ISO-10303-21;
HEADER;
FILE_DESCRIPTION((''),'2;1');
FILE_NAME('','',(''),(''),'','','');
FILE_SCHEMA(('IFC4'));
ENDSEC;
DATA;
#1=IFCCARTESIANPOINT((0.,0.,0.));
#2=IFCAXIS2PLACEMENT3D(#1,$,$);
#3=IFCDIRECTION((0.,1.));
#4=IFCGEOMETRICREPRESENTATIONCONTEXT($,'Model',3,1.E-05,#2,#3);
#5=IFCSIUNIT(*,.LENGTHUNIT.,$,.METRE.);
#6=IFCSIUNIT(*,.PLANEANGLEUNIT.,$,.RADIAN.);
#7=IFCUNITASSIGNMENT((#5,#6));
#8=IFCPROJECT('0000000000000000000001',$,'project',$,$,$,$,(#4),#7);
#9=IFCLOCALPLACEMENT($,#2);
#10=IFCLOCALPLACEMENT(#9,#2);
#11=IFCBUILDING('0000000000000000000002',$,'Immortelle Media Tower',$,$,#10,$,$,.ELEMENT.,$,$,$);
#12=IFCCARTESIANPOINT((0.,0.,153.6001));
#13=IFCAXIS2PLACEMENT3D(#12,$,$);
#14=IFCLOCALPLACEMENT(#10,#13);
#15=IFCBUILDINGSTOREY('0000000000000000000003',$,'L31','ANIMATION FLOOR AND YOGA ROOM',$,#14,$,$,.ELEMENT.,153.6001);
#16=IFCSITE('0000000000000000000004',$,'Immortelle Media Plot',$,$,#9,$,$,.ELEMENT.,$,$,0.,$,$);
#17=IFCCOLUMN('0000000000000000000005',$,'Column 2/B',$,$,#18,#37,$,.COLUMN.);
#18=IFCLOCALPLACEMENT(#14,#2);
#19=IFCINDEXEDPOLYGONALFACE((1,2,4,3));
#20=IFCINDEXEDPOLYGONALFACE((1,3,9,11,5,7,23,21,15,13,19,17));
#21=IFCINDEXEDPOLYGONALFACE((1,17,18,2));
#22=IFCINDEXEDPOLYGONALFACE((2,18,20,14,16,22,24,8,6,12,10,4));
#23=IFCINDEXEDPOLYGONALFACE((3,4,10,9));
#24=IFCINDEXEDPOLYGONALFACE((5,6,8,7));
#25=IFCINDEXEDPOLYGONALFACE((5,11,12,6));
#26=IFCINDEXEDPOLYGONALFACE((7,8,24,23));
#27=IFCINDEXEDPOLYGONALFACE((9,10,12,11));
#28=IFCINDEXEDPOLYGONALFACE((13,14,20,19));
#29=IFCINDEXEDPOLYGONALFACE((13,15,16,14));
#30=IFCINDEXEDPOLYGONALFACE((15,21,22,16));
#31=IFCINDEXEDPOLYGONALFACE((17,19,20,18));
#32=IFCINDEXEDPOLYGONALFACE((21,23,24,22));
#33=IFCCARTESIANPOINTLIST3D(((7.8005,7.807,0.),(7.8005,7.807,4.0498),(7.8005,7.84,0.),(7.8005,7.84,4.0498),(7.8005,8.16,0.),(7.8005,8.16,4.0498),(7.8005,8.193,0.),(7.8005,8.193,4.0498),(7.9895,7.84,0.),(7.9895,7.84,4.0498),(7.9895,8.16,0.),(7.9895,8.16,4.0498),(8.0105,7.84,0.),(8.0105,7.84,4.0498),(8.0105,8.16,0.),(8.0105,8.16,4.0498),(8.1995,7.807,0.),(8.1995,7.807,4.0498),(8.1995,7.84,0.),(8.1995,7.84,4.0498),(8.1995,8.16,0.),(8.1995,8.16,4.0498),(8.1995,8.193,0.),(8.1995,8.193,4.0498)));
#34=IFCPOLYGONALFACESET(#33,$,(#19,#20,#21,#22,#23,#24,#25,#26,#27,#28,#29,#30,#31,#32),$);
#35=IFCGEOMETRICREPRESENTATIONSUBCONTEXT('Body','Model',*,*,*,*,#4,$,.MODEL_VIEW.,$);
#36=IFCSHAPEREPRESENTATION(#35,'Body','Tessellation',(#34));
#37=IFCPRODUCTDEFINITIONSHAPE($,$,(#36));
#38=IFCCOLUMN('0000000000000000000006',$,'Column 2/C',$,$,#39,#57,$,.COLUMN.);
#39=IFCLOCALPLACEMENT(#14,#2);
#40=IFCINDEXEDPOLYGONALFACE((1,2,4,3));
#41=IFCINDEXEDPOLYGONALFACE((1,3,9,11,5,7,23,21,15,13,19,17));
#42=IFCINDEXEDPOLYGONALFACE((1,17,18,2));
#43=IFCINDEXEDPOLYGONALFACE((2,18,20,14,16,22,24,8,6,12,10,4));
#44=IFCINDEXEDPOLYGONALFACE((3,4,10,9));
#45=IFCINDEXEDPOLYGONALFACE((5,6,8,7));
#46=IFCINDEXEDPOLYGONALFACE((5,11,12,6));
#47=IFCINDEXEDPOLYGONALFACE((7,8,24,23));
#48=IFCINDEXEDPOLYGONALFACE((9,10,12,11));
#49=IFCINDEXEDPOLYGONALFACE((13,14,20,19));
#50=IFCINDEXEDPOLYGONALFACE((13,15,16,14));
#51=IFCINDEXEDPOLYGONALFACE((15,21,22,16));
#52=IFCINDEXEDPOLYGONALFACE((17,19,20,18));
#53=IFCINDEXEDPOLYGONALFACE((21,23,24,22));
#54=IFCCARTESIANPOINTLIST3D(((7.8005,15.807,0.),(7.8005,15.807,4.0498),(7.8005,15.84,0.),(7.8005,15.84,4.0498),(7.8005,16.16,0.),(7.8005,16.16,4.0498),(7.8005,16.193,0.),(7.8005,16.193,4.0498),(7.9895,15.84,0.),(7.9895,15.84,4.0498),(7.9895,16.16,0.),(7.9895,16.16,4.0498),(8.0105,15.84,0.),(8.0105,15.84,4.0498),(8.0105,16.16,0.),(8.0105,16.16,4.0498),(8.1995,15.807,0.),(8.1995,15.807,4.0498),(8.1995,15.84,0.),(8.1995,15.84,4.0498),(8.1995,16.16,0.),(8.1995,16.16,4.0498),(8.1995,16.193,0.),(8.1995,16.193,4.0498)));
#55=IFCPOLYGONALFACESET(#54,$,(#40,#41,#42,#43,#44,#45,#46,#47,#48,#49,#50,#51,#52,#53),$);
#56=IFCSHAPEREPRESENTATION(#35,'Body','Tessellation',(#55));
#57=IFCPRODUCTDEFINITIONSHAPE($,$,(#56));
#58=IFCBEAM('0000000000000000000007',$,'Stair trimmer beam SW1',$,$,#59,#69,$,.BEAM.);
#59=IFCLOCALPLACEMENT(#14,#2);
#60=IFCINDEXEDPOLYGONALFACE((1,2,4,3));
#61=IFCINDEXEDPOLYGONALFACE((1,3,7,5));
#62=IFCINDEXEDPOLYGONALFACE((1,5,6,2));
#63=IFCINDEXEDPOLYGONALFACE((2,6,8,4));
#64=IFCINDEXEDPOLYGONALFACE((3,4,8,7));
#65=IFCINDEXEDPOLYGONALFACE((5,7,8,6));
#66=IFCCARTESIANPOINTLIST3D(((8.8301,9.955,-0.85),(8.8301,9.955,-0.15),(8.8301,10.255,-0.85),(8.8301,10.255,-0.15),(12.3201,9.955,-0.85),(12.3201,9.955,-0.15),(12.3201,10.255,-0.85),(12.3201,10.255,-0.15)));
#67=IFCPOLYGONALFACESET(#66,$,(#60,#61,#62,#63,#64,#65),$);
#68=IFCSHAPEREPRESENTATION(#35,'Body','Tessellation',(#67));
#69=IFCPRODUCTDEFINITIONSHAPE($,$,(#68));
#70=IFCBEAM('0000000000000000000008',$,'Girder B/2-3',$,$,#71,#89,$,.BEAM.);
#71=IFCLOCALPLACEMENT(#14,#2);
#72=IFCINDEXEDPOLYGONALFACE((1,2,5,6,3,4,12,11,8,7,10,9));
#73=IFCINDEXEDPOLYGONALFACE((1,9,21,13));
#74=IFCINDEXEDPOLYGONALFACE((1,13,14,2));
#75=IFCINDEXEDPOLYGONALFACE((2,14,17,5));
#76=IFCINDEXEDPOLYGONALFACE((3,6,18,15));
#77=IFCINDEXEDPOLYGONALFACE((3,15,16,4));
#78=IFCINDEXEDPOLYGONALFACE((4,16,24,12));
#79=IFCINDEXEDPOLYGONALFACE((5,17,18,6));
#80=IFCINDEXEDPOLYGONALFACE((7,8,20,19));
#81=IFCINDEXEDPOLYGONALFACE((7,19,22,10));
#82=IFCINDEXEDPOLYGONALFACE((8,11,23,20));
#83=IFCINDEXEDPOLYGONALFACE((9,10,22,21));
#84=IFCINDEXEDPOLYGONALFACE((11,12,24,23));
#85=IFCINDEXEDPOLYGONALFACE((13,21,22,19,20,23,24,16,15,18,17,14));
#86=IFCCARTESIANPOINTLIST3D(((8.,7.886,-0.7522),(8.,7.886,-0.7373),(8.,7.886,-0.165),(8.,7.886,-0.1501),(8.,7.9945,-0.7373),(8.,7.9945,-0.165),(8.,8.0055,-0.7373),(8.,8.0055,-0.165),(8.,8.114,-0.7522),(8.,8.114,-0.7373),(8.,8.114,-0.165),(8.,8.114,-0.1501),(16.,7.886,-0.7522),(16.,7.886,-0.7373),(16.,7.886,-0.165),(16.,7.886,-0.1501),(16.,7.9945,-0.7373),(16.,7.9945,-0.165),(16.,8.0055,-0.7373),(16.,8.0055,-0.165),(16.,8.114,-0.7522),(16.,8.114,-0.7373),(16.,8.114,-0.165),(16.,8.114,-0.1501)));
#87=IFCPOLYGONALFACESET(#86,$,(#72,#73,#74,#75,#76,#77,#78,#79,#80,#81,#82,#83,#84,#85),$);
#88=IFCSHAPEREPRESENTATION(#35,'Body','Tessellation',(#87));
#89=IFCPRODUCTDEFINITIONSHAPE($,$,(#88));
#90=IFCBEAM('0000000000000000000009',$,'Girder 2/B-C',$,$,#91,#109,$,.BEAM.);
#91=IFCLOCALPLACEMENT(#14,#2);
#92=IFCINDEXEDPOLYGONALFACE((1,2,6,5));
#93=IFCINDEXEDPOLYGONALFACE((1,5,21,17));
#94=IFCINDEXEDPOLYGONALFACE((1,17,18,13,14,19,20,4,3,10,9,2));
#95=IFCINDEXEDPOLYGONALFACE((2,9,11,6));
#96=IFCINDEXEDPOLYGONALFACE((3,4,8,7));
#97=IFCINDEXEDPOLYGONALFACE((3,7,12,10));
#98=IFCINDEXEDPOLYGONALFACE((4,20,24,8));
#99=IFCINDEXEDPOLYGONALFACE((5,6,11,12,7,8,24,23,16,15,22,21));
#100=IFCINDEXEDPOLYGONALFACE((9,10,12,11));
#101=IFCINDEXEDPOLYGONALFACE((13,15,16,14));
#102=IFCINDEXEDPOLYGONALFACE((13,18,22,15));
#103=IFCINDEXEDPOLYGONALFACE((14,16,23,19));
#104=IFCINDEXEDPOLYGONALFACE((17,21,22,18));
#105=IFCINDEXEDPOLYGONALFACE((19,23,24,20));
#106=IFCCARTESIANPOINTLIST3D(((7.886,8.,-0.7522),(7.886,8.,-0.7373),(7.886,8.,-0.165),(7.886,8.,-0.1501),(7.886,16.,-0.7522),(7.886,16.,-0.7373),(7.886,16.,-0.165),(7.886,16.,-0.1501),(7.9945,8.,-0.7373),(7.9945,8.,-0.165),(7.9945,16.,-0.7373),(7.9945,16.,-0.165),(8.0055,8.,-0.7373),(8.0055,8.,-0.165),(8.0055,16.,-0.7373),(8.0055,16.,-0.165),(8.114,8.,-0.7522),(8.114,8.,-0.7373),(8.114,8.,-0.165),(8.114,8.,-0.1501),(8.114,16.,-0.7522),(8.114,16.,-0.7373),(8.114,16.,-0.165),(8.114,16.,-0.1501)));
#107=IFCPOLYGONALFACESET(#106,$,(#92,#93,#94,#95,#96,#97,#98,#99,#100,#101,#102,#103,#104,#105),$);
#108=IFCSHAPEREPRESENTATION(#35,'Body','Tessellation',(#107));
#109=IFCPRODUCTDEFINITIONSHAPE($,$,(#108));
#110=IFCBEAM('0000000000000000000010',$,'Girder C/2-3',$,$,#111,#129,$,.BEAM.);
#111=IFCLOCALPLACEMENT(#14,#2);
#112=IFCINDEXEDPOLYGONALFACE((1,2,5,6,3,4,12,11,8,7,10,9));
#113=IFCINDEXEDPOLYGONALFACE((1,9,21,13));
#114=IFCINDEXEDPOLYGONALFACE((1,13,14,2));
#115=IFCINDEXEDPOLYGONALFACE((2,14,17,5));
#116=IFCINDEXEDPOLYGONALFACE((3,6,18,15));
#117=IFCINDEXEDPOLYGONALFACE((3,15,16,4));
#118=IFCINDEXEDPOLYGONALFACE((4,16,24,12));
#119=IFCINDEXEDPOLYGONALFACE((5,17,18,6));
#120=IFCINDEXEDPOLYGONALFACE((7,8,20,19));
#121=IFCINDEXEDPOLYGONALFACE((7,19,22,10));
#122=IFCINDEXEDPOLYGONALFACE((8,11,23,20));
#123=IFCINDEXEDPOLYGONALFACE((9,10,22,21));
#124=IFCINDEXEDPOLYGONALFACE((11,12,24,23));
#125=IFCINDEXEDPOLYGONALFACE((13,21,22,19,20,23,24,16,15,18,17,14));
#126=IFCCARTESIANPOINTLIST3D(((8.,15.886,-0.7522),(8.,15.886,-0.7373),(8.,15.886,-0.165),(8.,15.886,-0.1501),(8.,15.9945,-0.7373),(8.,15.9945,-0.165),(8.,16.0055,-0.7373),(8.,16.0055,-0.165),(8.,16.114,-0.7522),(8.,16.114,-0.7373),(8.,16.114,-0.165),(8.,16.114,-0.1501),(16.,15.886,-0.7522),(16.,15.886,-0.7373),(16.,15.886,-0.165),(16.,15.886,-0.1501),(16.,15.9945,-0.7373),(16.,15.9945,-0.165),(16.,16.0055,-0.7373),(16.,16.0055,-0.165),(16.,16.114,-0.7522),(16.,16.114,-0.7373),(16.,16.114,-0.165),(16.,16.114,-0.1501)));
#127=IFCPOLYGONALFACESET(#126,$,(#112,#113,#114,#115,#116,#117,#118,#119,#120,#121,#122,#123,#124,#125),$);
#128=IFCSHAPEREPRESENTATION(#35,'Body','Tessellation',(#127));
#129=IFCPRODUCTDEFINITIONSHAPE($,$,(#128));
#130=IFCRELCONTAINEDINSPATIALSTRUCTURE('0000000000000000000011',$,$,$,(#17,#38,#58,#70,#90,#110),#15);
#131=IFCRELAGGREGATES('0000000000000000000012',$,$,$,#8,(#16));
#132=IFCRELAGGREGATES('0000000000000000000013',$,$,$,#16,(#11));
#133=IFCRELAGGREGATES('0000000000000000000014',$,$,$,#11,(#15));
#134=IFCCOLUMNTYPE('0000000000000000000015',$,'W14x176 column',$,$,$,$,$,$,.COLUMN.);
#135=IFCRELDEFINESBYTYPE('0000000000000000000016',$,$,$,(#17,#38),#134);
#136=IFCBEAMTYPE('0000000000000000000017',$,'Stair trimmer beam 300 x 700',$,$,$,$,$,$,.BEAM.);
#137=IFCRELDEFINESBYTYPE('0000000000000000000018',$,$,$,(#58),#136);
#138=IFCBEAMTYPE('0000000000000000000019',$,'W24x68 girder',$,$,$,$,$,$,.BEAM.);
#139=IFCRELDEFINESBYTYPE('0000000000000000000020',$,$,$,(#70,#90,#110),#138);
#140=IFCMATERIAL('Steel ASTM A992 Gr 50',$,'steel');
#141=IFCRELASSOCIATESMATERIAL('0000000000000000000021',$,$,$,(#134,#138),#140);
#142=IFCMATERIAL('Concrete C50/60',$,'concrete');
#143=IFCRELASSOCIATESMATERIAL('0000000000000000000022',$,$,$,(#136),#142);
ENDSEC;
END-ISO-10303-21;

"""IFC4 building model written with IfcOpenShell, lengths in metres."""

from ifc_helpers import new_model, si_unit, direction, frame, origin, origin_2d, place, context, subcontext, project, spatial, rectangle, i_section, extrude, material, material_profile, profile_set, type_object, element, save


model = new_model("IFC4")

# Units and contexts
model_context = context("Model", 3, precision=1e-05, world=origin(), true_north=direction((0.0, 1.0)))
body_context = subcontext(model_context, "Body", "Model", "MODEL_VIEW")
ifc_project = project(units=[si_unit("LENGTHUNIT", "METRE"), si_unit("PLANEANGLEUNIT", "RADIAN")], contexts=[model_context])

# Site, building, storey
site_placement = place(None, origin())
site = spatial("IfcSite", under=ifc_project, at=site_placement, Name="Immortelle Media Plot", CompositionType="ELEMENT", RefElevation=0.0)
building_placement = place(site_placement, origin())
building = spatial("IfcBuilding", under=site, at=building_placement, Name="Immortelle Media Tower", CompositionType="ELEMENT")
storey_placement = place(building_placement, frame((0.0, 0.0, 153.6001)))
storey = spatial("IfcBuildingStorey", under=building, at=storey_placement, Name="L31", Description="ANIMATION FLOOR AND YOGA ROOM", CompositionType="ELEMENT", Elevation=153.6001)

# Columns
ifc_material_1 = material(Name="Steel ASTM A992 Gr 50", Category="steel")
ifc_material_profile_1 = material_profile(ifc_material_1, i_section(OverallWidth=0.3989, OverallDepth=0.386, WebThickness=0.021, FlangeThickness=0.033, at=origin_2d()), Name="W14x176")
ifc_profile_set_1 = profile_set([ifc_material_profile_1], Name="Steel ASTM A992 Gr 50")
column_type = type_object("IfcColumnType", Name="W14x176 column", PredefinedType="COLUMN", material=ifc_profile_set_1)
for number, where, z_axis, x_axis, name in (
    (1, (8.0, 8.0, 0.0), (0.0, 0.0, 1.0), (1.0, 0.0, 0.0), "Column 2/B"),
    (2, (8.0, 16.0, 0.0), (0.0, 0.0, 1.0), (1.0, 0.0, 0.0), "Column 2/C"),
):
    element("IfcColumn", number, at=place(storey_placement, frame(where, z_axis=z_axis, x_axis=x_axis)), inside=storey, type_object=column_type, Name=name, PredefinedType="COLUMN", context=body_context, shape_type="SweptSolid", body=[
        extrude(i_section(OverallWidth=0.3989, OverallDepth=0.386, WebThickness=0.021, FlangeThickness=0.033, at=origin_2d()), origin(), (0.0, 0.0, 1.0), 4.0498),
    ])

# Beams
ifc_material_2 = material(Name="Concrete C50/60", Category="concrete")
ifc_material_profile_2 = material_profile(ifc_material_2, rectangle(XDim=0.3, YDim=0.7, at=origin_2d()), Name="RC 300x700")
ifc_profile_set_2 = profile_set([ifc_material_profile_2], Name="Concrete C50/60")
beam_type_1 = type_object("IfcBeamType", Name="Stair trimmer beam 300 x 700", PredefinedType="BEAM", material=ifc_profile_set_2)
beam_placement = place(storey_placement, frame((8.8301, 10.105, -0.5), z_axis=(1.0, 0.0, 0.0), x_axis=(0.0, 1.0, 0.0)))
element("IfcBeam", 3, at=beam_placement, inside=storey, type_object=beam_type_1, Name="Stair trimmer beam SW1", PredefinedType="BEAM", context=body_context, shape_type="SweptSolid", body=[
    extrude(rectangle(XDim=0.3, YDim=0.7, at=origin_2d()), origin(), (0.0, 0.0, 1.0), 3.49),
])
ifc_material_profile_3 = material_profile(ifc_material_1, i_section(OverallWidth=0.228, OverallDepth=0.6021, WebThickness=0.011, FlangeThickness=0.0149, at=origin_2d()), Name="W24x68")
ifc_profile_set_3 = profile_set([ifc_material_profile_3], Name="Steel ASTM A992 Gr 50")
beam_type_2 = type_object("IfcBeamType", Name="W24x68 girder", PredefinedType="BEAM", material=ifc_profile_set_3)
for number, where, z_axis, x_axis, name in (
    (4, (8.0, 8.0, -0.4512), (1.0, 0.0, 0.0), (0.0, 1.0, 0.0), "Girder B/2-3"),
    (5, (8.0, 8.0, -0.4512), (0.0, 1.0, 0.0), (-1.0, 0.0, 0.0), "Girder 2/B-C"),
    (6, (8.0, 16.0, -0.4512), (1.0, 0.0, 0.0), (0.0, 1.0, 0.0), "Girder C/2-3"),
):
    element("IfcBeam", number, at=place(storey_placement, frame(where, z_axis=z_axis, x_axis=x_axis)), inside=storey, type_object=beam_type_2, Name=name, PredefinedType="BEAM", context=body_context, shape_type="SweptSolid", body=[
        extrude(i_section(OverallWidth=0.228, OverallDepth=0.6021, WebThickness=0.011, FlangeThickness=0.0149, at=origin_2d()), origin(), (0.0, 0.0, 1.0), 8.0),
    ])

save(model, "model.ifc")
